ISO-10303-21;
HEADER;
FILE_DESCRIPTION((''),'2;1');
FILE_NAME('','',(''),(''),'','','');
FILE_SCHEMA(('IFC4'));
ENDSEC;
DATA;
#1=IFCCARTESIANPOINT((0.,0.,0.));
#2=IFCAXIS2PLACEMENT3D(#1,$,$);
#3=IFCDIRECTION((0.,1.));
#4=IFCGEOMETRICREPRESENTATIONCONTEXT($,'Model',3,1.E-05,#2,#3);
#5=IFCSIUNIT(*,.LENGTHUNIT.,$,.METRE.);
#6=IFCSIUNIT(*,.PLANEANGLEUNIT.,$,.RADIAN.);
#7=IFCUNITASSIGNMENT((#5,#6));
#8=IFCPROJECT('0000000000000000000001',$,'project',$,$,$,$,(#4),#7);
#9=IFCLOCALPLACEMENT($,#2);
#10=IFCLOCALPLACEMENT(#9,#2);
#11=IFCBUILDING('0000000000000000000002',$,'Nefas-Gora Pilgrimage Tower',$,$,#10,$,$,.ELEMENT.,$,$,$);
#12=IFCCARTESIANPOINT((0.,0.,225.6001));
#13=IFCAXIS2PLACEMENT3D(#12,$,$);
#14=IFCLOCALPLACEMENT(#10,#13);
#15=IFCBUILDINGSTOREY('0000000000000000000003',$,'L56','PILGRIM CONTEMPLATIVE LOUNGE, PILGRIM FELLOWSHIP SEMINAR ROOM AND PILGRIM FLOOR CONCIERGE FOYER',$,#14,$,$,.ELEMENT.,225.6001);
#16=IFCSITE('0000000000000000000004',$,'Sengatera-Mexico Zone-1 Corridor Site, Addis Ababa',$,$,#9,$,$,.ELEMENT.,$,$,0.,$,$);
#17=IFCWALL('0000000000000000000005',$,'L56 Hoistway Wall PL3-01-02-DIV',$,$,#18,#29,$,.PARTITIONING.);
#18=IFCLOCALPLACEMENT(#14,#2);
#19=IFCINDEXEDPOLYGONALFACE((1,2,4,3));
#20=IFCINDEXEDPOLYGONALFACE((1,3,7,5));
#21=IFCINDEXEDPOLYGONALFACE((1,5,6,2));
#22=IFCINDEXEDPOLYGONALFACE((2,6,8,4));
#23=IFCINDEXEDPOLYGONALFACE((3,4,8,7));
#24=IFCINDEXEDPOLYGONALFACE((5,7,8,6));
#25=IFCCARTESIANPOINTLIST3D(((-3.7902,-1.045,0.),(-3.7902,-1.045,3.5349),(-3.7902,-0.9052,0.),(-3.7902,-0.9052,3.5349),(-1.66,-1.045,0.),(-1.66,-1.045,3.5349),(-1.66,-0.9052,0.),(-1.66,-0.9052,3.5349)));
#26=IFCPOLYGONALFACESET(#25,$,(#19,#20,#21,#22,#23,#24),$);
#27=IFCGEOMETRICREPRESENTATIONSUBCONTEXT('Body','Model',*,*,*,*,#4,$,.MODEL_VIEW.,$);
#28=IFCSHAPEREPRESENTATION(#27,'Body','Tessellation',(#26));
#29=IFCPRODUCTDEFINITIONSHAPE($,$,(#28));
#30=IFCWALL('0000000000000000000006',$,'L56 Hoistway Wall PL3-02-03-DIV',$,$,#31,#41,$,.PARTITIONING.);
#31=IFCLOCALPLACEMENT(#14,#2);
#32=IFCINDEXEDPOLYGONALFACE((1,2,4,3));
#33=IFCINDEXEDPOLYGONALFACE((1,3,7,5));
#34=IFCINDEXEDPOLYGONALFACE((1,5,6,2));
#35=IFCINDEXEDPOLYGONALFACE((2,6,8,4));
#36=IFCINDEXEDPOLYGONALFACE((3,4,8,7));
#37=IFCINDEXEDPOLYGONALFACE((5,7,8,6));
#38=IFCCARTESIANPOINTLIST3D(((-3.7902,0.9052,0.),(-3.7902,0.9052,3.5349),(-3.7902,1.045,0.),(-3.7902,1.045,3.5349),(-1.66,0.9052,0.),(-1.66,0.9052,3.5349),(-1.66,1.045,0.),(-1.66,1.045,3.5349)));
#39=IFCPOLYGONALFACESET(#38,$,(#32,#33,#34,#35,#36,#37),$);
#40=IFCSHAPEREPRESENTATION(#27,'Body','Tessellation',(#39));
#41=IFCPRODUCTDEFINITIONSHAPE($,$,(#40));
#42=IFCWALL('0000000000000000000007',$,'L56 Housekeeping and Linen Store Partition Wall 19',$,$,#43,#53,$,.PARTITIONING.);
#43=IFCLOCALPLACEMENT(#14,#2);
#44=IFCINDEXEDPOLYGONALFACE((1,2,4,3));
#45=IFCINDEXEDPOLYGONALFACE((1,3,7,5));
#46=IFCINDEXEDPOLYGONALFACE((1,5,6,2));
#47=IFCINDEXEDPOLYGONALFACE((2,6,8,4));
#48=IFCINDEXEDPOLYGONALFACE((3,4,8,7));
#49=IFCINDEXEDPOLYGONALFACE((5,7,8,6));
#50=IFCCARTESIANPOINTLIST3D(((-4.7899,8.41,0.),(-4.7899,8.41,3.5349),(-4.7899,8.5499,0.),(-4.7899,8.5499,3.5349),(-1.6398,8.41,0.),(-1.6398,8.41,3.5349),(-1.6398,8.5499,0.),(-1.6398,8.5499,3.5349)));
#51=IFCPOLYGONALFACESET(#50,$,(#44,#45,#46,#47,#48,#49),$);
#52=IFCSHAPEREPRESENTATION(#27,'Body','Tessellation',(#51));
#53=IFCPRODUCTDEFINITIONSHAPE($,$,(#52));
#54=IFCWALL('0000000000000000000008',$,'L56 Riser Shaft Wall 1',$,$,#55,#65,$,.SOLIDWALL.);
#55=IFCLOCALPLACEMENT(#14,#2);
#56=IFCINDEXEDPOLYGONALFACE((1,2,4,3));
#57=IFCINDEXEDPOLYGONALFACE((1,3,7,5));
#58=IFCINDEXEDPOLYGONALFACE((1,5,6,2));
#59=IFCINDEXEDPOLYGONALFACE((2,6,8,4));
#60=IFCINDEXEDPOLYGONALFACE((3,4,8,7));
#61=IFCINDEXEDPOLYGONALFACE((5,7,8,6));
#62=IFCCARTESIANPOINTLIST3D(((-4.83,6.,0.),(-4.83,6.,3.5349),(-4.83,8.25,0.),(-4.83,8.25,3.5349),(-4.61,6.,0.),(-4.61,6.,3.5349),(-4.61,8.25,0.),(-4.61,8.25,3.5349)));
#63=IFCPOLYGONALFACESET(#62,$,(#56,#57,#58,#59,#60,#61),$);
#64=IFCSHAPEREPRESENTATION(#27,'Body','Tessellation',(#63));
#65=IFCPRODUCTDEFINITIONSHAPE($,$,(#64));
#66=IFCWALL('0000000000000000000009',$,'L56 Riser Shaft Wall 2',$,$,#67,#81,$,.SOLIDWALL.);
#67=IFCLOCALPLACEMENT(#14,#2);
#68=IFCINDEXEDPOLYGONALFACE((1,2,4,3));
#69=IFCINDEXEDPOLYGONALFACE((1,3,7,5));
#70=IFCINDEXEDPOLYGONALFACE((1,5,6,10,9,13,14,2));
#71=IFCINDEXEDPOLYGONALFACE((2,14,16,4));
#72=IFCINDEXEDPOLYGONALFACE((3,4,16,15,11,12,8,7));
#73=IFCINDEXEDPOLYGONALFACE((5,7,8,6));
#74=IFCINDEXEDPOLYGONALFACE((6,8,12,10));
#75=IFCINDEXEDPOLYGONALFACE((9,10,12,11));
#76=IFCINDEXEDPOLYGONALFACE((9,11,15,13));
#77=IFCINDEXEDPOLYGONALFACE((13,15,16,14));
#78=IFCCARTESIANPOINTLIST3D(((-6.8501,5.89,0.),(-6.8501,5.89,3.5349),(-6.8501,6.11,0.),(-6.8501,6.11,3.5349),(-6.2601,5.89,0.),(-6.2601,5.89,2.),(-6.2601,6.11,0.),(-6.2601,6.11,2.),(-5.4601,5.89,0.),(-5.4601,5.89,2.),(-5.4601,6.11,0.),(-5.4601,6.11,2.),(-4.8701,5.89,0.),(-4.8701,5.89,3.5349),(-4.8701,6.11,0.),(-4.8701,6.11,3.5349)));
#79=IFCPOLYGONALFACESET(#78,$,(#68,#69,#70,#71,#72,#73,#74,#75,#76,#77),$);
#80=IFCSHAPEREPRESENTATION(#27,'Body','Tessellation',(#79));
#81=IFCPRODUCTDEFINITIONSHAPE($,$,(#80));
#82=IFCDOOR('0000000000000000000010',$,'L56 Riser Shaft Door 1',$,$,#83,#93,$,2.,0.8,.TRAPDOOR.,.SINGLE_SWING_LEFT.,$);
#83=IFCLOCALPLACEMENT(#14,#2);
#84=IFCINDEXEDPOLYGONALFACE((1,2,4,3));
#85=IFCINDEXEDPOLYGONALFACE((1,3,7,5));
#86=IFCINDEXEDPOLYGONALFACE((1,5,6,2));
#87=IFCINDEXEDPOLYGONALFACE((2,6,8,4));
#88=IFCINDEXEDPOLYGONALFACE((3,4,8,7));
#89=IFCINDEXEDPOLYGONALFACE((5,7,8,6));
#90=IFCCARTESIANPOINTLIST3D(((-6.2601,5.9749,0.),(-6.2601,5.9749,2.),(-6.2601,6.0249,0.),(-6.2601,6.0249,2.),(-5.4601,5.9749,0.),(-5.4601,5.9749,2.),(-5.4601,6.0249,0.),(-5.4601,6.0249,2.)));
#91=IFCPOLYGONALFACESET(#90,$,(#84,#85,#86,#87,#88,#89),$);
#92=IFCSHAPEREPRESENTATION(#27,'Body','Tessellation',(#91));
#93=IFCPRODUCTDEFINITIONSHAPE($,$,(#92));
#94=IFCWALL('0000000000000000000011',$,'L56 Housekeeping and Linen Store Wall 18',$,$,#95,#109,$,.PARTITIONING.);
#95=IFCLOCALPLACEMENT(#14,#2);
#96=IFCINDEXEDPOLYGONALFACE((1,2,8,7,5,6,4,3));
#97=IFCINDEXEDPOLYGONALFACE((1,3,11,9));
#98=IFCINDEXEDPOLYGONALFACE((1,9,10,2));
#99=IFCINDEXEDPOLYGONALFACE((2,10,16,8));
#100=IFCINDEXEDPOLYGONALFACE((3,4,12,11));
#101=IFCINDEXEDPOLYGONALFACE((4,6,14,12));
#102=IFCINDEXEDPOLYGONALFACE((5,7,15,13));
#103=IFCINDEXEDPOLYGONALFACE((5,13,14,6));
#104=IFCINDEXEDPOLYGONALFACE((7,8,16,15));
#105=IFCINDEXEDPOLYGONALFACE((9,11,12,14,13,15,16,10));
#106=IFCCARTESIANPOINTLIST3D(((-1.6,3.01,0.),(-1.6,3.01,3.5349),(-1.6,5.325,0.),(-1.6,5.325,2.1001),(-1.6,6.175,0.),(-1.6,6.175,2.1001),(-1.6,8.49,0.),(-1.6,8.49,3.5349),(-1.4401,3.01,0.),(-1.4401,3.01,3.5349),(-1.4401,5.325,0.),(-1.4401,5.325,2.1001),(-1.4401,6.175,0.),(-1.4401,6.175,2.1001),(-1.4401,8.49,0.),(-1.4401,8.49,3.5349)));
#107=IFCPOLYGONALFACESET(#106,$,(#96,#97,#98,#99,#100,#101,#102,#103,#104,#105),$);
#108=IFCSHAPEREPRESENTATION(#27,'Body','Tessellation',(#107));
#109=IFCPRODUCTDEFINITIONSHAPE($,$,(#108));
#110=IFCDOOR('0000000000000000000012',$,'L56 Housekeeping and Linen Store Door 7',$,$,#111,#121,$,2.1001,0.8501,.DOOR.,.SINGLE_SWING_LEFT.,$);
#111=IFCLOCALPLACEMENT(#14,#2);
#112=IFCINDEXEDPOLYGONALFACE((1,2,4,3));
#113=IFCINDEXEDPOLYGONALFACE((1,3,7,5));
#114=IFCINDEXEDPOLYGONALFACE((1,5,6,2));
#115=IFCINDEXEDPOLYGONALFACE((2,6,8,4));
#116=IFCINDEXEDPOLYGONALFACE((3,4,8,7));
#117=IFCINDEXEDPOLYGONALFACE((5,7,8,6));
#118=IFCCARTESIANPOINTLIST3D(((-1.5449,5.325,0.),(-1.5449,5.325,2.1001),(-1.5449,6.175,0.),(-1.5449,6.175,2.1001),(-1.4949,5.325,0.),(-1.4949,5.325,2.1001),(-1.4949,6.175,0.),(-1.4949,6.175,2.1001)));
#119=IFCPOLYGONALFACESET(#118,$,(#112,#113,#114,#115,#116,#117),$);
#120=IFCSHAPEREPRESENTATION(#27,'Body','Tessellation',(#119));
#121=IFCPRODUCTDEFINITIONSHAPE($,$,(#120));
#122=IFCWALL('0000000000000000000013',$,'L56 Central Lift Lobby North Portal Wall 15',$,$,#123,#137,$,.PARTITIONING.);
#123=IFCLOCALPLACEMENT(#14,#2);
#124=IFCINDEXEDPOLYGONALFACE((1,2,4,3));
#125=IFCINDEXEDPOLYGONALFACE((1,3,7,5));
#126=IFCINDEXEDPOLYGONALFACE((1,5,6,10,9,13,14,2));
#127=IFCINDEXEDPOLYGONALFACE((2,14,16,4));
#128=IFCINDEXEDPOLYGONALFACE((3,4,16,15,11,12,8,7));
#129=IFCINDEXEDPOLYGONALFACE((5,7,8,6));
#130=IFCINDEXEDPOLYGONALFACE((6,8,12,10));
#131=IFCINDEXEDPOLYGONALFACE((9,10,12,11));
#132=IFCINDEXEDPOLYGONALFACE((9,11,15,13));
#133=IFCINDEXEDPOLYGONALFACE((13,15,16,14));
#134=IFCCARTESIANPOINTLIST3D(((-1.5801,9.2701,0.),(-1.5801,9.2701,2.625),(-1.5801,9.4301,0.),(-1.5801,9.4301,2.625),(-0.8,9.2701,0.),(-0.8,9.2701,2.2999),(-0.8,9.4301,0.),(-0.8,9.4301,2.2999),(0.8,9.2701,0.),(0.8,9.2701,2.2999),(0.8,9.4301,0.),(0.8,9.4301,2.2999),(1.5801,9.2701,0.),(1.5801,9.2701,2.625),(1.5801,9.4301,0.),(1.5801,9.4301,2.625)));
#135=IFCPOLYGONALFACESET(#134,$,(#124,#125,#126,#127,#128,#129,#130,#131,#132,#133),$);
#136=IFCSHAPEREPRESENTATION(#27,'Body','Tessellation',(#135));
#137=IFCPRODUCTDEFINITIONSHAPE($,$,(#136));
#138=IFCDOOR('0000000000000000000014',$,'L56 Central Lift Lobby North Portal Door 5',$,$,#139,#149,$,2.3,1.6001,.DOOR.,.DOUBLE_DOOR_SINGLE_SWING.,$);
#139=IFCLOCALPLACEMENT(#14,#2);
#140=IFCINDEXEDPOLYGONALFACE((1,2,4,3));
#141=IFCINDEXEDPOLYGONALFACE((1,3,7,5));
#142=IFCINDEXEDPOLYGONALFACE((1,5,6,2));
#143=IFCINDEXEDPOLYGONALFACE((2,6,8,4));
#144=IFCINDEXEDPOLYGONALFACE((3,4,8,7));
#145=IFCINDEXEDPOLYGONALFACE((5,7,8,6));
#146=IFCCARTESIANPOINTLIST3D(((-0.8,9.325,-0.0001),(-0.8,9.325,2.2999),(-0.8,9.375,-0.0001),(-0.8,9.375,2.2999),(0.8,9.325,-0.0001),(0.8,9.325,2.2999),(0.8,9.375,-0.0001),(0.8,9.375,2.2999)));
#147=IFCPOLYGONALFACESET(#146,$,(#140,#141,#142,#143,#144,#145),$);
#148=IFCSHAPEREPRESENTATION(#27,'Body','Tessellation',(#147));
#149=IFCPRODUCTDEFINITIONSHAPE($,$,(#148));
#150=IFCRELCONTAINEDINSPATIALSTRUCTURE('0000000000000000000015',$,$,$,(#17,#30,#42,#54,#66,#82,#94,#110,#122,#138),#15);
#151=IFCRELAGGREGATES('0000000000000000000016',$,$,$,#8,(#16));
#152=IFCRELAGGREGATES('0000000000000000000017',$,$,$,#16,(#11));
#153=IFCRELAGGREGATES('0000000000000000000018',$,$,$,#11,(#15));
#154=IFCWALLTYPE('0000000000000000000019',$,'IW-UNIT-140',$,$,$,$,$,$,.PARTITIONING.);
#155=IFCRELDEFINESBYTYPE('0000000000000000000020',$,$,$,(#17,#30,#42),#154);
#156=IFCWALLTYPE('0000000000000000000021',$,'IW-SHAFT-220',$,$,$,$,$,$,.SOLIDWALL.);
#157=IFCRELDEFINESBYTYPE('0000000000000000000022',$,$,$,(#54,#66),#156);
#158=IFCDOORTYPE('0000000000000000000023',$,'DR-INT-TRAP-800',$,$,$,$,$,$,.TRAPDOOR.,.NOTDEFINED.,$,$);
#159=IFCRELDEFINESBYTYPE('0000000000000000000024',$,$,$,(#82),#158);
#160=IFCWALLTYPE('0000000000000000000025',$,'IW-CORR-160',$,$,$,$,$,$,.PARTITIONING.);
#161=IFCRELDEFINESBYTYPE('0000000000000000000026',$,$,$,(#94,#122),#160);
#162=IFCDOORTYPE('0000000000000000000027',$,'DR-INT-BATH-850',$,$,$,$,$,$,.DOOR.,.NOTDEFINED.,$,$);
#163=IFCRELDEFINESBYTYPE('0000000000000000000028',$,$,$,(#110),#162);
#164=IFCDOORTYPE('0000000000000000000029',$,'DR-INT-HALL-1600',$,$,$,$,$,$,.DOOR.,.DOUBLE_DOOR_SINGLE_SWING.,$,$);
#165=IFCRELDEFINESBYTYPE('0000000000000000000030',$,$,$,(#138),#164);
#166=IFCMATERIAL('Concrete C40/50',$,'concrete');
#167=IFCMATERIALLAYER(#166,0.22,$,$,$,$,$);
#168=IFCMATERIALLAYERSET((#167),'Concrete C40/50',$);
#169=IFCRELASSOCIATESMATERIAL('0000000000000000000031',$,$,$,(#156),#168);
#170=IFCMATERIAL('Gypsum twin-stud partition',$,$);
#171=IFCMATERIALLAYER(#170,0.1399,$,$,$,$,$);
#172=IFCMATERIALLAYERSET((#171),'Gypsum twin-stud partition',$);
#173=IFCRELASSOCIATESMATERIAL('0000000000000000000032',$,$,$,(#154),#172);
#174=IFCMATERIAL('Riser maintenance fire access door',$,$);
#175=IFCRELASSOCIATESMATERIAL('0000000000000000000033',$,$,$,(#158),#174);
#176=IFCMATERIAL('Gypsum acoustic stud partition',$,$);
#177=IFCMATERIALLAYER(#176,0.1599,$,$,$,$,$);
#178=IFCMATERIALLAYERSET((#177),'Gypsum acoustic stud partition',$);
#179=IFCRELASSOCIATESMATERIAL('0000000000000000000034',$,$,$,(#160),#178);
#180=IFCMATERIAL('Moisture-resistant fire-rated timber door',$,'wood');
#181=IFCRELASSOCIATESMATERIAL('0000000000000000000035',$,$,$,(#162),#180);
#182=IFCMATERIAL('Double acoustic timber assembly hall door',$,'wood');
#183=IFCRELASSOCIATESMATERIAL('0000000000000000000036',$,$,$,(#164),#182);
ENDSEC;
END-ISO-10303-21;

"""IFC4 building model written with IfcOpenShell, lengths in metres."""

from ifc_helpers import new_model, si_unit, direction, frame, frame_2d, origin, place, context, subcontext, project, spatial, rectangle, extrude, source, transform, mapped, material, layer, layer_set, type_object, element, fill, save


model = new_model("IFC4")

# Units and contexts
model_context = context("Model", 3, precision=1e-05, world=origin(), true_north=direction((0.0, 1.0)))
body_context = subcontext(model_context, "Body", "Model", "MODEL_VIEW")
ifc_project = project(units=[si_unit("LENGTHUNIT", "METRE"), si_unit("PLANEANGLEUNIT", "RADIAN")], contexts=[model_context])

# Site, building, storey
site_placement = place(None, origin())
site = spatial("IfcSite", under=ifc_project, at=site_placement, Name="Sengatera-Mexico Zone-1 Corridor Site, Addis Ababa", CompositionType="ELEMENT", RefElevation=0.0)
building_placement = place(site_placement, origin())
building = spatial("IfcBuilding", under=site, at=building_placement, Name="Nefas-Gora Pilgrimage Tower", CompositionType="ELEMENT")
storey_placement = place(building_placement, frame((0.0, 0.0, 225.6001)))
storey = spatial("IfcBuildingStorey", under=building, at=storey_placement, Name="L56", Description="PILGRIM CONTEMPLATIVE LOUNGE, PILGRIM FELLOWSHIP SEMINAR ROOM AND PILGRIM FLOOR CONCIERGE FOYER", CompositionType="ELEMENT", Elevation=225.6001)

# Shared definitions
ifc_material_1 = material(Name="Concrete C40/50", Category="concrete")
ifc_layer_1 = layer(ifc_material_1, 0.22)
ifc_layer_set_1 = layer_set([ifc_layer_1], Name="Concrete C40/50")
wall_type_1 = type_object("IfcWallType", Name="IW-SHAFT-220", PredefinedType="SOLIDWALL", material=ifc_layer_set_1)

# Walls
ifc_material_2 = material(Name="Gypsum twin-stud partition")
ifc_layer_2 = layer(ifc_material_2, 0.1399)
ifc_layer_set_2 = layer_set([ifc_layer_2], Name="Gypsum twin-stud partition")
wall_type_2 = type_object("IfcWallType", Name="IW-UNIT-140", PredefinedType="PARTITIONING", material=ifc_layer_set_2)
shared_shape_1 = source(origin(), body_context, "Body", "SweptSolid", [
    extrude(rectangle(XDim=2.1301, YDim=0.1399, at=frame_2d((1.0649, 0.0))), origin(), (0.0, 0.0, 1.0), 3.5349),
])
for number, where, z_axis, x_axis, name in (
    (1, (-3.79, -0.9751, 0.0), (0.0, 0.0, 1.0), (1.0, 0.0, 0.0), "L56 Hoistway Wall PL3-01-02-DIV"),
    (2, (-3.79, 0.9751, 0.0), (0.0, 0.0, 1.0), (1.0, 0.0, 0.0), "L56 Hoistway Wall PL3-02-03-DIV"),
):
    element("IfcWall", number, at=place(storey_placement, frame(where, z_axis=z_axis, x_axis=x_axis)), inside=storey, type_object=wall_type_2, Name=name, PredefinedType="PARTITIONING", context=body_context, shape_type="MappedRepresentation", body=[
        mapped(shared_shape_1, transform((0.0, 0.0, 0.0), x_axis=(1.0, 0.0, 0.0), y_axis=(0.0, 1.0, 0.0), z_axis=(0.0, 0.0, 1.0), scale=1.0)),
    ])
shared_shape_2 = source(origin(), body_context, "Body", "SweptSolid", [
    extrude(rectangle(XDim=3.1501, YDim=0.1399, at=frame_2d((1.5752, 0.0))), origin(), (0.0, 0.0, 1.0), 3.5349),
])
wall_1_placement = place(storey_placement, frame((-4.79, 8.48, 0.0), z_axis=(0.0, 0.0, 1.0), x_axis=(1.0, 0.0, 0.0)))
element("IfcWall", 3, at=wall_1_placement, inside=storey, type_object=wall_type_2, Name="L56 Housekeeping and Linen Store Partition Wall 19", PredefinedType="PARTITIONING", context=body_context, shape_type="MappedRepresentation", body=[
    mapped(shared_shape_2, transform((0.0, 0.0, 0.0), x_axis=(1.0, 0.0, 0.0), y_axis=(0.0, 1.0, 0.0), z_axis=(0.0, 0.0, 1.0), scale=1.0)),
])
shared_shape_3 = source(origin(), body_context, "Body", "SweptSolid", [
    extrude(rectangle(XDim=2.25, YDim=0.22, at=frame_2d((1.125, 0.0))), origin(), (0.0, 0.0, 1.0), 3.5349),
])
wall_2_placement = place(storey_placement, frame((-4.72, 6.0, 0.0), z_axis=(0.0, 0.0, 1.0), x_axis=(0.0, 1.0, 0.0)))
element("IfcWall", 4, at=wall_2_placement, inside=storey, type_object=wall_type_1, Name="L56 Riser Shaft Wall 1", PredefinedType="SOLIDWALL", context=body_context, shape_type="MappedRepresentation", body=[
    mapped(shared_shape_3, transform((0.0, 0.0, 0.0), x_axis=(1.0, 0.0, 0.0), y_axis=(0.0, 1.0, 0.0), z_axis=(0.0, 0.0, 1.0), scale=1.0)),
])

# Walls, openings, doors
shared_shape_4 = source(origin(), body_context, "Body", "SweptSolid", [
    extrude(rectangle(XDim=1.98, YDim=0.22, at=frame_2d((0.99, 0.0))), origin(), (0.0, 0.0, 1.0), 3.5349),
])
wall_3_placement = place(storey_placement, frame((-6.8501, 6.0, 0.0), z_axis=(0.0, 0.0, 1.0), x_axis=(1.0, 0.0, 0.0)))
wall_3 = element("IfcWall", 5, at=wall_3_placement, inside=storey, type_object=wall_type_1, Name="L56 Riser Shaft Wall 2", PredefinedType="SOLIDWALL", context=body_context, shape_type="MappedRepresentation", body=[
    mapped(shared_shape_4, transform((0.0, 0.0, 0.0), x_axis=(1.0, 0.0, 0.0), y_axis=(0.0, 1.0, 0.0), z_axis=(0.0, 0.0, 1.0), scale=1.0)),
])
opening_1_placement = place(wall_3_placement, frame((0.5901, 0.0, 0.0)))
opening_1 = element("IfcOpeningElement", 6, at=opening_1_placement, cuts=wall_3, PredefinedType="OPENING", context=body_context, shape_type="SweptSolid", body=[
    extrude(rectangle(XDim=0.8, YDim=2.0, at=frame_2d((0.3999, 1.0))), frame((0.0, 0.1199, 0.0), z_axis=(0.0, -1.0, 0.0), x_axis=(1.0, 0.0, 0.0)), (0.0, 0.0, 1.0), 0.24),
])
ifc_material_3 = material(Name="Riser maintenance fire access door")
door_type_1 = type_object("IfcDoorType", Name="DR-INT-TRAP-800", OperationType="NOTDEFINED", PredefinedType="TRAPDOOR", material=ifc_material_3)
shared_shape_5 = source(origin(), body_context, "Body", "SweptSolid", [
    extrude(rectangle(XDim=0.8, YDim=2.0, at=frame_2d((0.3999, 1.0))), frame((0.0, 0.0249, 0.0), z_axis=(0.0, -1.0, 0.0), x_axis=(1.0, 0.0, 0.0)), (0.0, 0.0, 1.0), 0.05),
])
door_1_placement = place(opening_1_placement, origin())
door_1 = element("IfcDoor", 7, at=door_1_placement, inside=storey, type_object=door_type_1, Name="L56 Riser Shaft Door 1", OperationType="SINGLE_SWING_LEFT", OverallHeight=2.0, OverallWidth=0.8, PredefinedType="TRAPDOOR", context=body_context, shape_type="MappedRepresentation", body=[
    mapped(shared_shape_5, transform((0.0, 0.0, 0.0), x_axis=(1.0, 0.0, 0.0), y_axis=(0.0, 1.0, 0.0), z_axis=(0.0, 0.0, 1.0), scale=1.0)),
])
fill(opening_1, door_1)
ifc_material_4 = material(Name="Gypsum acoustic stud partition")
ifc_layer_3 = layer(ifc_material_4, 0.1599)
ifc_layer_set_3 = layer_set([ifc_layer_3], Name="Gypsum acoustic stud partition")
wall_type_3 = type_object("IfcWallType", Name="IW-CORR-160", PredefinedType="PARTITIONING", material=ifc_layer_set_3)
shared_shape_6 = source(origin(), body_context, "Body", "SweptSolid", [
    extrude(rectangle(XDim=5.48, YDim=0.1599, at=frame_2d((2.74, 0.0))), origin(), (0.0, 0.0, 1.0), 3.5349),
])
wall_4_placement = place(storey_placement, frame((-1.52, 3.01, 0.0), z_axis=(0.0, 0.0, 1.0), x_axis=(0.0, 1.0, 0.0)))
wall_4 = element("IfcWall", 8, at=wall_4_placement, inside=storey, type_object=wall_type_3, Name="L56 Housekeeping and Linen Store Wall 18", PredefinedType="PARTITIONING", context=body_context, shape_type="MappedRepresentation", body=[
    mapped(shared_shape_6, transform((0.0, 0.0, 0.0), x_axis=(1.0, 0.0, 0.0), y_axis=(0.0, 1.0, 0.0), z_axis=(0.0, 0.0, 1.0), scale=1.0)),
])
opening_2_placement = place(wall_4_placement, frame((2.3149, 0.0, 0.0)))
opening_2 = element("IfcOpeningElement", 9, at=opening_2_placement, cuts=wall_4, PredefinedType="OPENING", context=body_context, shape_type="SweptSolid", body=[
    extrude(rectangle(XDim=0.8501, YDim=2.1001, at=frame_2d((0.425, 1.05))), frame((0.0, 0.0898, 0.0), z_axis=(0.0, -1.0, 0.0), x_axis=(1.0, 0.0, 0.0)), (0.0, 0.0, 1.0), 0.1799),
])
ifc_material_5 = material(Name="Moisture-resistant fire-rated timber door", Category="wood")
door_type_2 = type_object("IfcDoorType", Name="DR-INT-BATH-850", OperationType="NOTDEFINED", PredefinedType="DOOR", material=ifc_material_5)
shared_shape_7 = source(origin(), body_context, "Body", "SweptSolid", [
    extrude(rectangle(XDim=0.8501, YDim=2.1001, at=frame_2d((0.425, 1.05))), frame((0.0, 0.0249, 0.0), z_axis=(0.0, -1.0, 0.0), x_axis=(1.0, 0.0, 0.0)), (0.0, 0.0, 1.0), 0.05),
])
door_2_placement = place(opening_2_placement, origin())
door_2 = element("IfcDoor", 10, at=door_2_placement, inside=storey, type_object=door_type_2, Name="L56 Housekeeping and Linen Store Door 7", OperationType="SINGLE_SWING_LEFT", OverallHeight=2.1001, OverallWidth=0.8501, PredefinedType="DOOR", context=body_context, shape_type="MappedRepresentation", body=[
    mapped(shared_shape_7, transform((0.0, 0.0, 0.0), x_axis=(1.0, 0.0, 0.0), y_axis=(0.0, 1.0, 0.0), z_axis=(0.0, 0.0, 1.0), scale=1.0)),
])
fill(opening_2, door_2)
shared_shape_8 = source(origin(), body_context, "Body", "SweptSolid", [
    extrude(rectangle(XDim=3.1602, YDim=0.1599, at=frame_2d((1.5801, 0.0))), origin(), (0.0, 0.0, 1.0), 2.625),
])
wall_5_placement = place(storey_placement, frame((-1.5801, 9.3501, 0.0), z_axis=(0.0, 0.0, 1.0), x_axis=(1.0, 0.0, 0.0)))
wall_5 = element("IfcWall", 11, at=wall_5_placement, inside=storey, type_object=wall_type_3, Name="L56 Central Lift Lobby North Portal Wall 15", PredefinedType="PARTITIONING", context=body_context, shape_type="MappedRepresentation", body=[
    mapped(shared_shape_8, transform((0.0, 0.0, 0.0), x_axis=(1.0, 0.0, 0.0), y_axis=(0.0, 1.0, 0.0), z_axis=(0.0, 0.0, 1.0), scale=1.0)),
])
opening_3_placement = place(wall_5_placement, frame((0.78, 0.0, 0.0)))
opening_3 = element("IfcOpeningElement", 12, at=opening_3_placement, cuts=wall_5, PredefinedType="OPENING", context=body_context, shape_type="SweptSolid", body=[
    extrude(rectangle(XDim=1.6001, YDim=2.3, at=frame_2d((0.8, 1.1499))), frame((0.0, 0.0898, 0.0), z_axis=(0.0, -1.0, 0.0), x_axis=(1.0, 0.0, 0.0)), (0.0, 0.0, 1.0), 0.1799),
])
ifc_material_6 = material(Name="Double acoustic timber assembly hall door", Category="wood")
door_type_3 = type_object("IfcDoorType", Name="DR-INT-HALL-1600", OperationType="DOUBLE_DOOR_SINGLE_SWING", PredefinedType="DOOR", material=ifc_material_6)
shared_shape_9 = source(origin(), body_context, "Body", "SweptSolid", [
    extrude(rectangle(XDim=1.6001, YDim=2.3, at=frame_2d((0.8, 1.1499))), frame((0.0, 0.0249, 0.0), z_axis=(0.0, -1.0, 0.0), x_axis=(1.0, 0.0, 0.0)), (0.0, 0.0, 1.0), 0.05),
])
door_3_placement = place(opening_3_placement, origin())
door_3 = element("IfcDoor", 13, at=door_3_placement, inside=storey, type_object=door_type_3, Name="L56 Central Lift Lobby North Portal Door 5", OperationType="DOUBLE_DOOR_SINGLE_SWING", OverallHeight=2.3, OverallWidth=1.6001, PredefinedType="DOOR", context=body_context, shape_type="MappedRepresentation", body=[
    mapped(shared_shape_9, transform((0.0, 0.0, 0.0), x_axis=(1.0, 0.0, 0.0), y_axis=(0.0, 1.0, 0.0), z_axis=(0.0, 0.0, 1.0), scale=1.0)),
])
fill(opening_3, door_3)

save(model, "model.ifc")
